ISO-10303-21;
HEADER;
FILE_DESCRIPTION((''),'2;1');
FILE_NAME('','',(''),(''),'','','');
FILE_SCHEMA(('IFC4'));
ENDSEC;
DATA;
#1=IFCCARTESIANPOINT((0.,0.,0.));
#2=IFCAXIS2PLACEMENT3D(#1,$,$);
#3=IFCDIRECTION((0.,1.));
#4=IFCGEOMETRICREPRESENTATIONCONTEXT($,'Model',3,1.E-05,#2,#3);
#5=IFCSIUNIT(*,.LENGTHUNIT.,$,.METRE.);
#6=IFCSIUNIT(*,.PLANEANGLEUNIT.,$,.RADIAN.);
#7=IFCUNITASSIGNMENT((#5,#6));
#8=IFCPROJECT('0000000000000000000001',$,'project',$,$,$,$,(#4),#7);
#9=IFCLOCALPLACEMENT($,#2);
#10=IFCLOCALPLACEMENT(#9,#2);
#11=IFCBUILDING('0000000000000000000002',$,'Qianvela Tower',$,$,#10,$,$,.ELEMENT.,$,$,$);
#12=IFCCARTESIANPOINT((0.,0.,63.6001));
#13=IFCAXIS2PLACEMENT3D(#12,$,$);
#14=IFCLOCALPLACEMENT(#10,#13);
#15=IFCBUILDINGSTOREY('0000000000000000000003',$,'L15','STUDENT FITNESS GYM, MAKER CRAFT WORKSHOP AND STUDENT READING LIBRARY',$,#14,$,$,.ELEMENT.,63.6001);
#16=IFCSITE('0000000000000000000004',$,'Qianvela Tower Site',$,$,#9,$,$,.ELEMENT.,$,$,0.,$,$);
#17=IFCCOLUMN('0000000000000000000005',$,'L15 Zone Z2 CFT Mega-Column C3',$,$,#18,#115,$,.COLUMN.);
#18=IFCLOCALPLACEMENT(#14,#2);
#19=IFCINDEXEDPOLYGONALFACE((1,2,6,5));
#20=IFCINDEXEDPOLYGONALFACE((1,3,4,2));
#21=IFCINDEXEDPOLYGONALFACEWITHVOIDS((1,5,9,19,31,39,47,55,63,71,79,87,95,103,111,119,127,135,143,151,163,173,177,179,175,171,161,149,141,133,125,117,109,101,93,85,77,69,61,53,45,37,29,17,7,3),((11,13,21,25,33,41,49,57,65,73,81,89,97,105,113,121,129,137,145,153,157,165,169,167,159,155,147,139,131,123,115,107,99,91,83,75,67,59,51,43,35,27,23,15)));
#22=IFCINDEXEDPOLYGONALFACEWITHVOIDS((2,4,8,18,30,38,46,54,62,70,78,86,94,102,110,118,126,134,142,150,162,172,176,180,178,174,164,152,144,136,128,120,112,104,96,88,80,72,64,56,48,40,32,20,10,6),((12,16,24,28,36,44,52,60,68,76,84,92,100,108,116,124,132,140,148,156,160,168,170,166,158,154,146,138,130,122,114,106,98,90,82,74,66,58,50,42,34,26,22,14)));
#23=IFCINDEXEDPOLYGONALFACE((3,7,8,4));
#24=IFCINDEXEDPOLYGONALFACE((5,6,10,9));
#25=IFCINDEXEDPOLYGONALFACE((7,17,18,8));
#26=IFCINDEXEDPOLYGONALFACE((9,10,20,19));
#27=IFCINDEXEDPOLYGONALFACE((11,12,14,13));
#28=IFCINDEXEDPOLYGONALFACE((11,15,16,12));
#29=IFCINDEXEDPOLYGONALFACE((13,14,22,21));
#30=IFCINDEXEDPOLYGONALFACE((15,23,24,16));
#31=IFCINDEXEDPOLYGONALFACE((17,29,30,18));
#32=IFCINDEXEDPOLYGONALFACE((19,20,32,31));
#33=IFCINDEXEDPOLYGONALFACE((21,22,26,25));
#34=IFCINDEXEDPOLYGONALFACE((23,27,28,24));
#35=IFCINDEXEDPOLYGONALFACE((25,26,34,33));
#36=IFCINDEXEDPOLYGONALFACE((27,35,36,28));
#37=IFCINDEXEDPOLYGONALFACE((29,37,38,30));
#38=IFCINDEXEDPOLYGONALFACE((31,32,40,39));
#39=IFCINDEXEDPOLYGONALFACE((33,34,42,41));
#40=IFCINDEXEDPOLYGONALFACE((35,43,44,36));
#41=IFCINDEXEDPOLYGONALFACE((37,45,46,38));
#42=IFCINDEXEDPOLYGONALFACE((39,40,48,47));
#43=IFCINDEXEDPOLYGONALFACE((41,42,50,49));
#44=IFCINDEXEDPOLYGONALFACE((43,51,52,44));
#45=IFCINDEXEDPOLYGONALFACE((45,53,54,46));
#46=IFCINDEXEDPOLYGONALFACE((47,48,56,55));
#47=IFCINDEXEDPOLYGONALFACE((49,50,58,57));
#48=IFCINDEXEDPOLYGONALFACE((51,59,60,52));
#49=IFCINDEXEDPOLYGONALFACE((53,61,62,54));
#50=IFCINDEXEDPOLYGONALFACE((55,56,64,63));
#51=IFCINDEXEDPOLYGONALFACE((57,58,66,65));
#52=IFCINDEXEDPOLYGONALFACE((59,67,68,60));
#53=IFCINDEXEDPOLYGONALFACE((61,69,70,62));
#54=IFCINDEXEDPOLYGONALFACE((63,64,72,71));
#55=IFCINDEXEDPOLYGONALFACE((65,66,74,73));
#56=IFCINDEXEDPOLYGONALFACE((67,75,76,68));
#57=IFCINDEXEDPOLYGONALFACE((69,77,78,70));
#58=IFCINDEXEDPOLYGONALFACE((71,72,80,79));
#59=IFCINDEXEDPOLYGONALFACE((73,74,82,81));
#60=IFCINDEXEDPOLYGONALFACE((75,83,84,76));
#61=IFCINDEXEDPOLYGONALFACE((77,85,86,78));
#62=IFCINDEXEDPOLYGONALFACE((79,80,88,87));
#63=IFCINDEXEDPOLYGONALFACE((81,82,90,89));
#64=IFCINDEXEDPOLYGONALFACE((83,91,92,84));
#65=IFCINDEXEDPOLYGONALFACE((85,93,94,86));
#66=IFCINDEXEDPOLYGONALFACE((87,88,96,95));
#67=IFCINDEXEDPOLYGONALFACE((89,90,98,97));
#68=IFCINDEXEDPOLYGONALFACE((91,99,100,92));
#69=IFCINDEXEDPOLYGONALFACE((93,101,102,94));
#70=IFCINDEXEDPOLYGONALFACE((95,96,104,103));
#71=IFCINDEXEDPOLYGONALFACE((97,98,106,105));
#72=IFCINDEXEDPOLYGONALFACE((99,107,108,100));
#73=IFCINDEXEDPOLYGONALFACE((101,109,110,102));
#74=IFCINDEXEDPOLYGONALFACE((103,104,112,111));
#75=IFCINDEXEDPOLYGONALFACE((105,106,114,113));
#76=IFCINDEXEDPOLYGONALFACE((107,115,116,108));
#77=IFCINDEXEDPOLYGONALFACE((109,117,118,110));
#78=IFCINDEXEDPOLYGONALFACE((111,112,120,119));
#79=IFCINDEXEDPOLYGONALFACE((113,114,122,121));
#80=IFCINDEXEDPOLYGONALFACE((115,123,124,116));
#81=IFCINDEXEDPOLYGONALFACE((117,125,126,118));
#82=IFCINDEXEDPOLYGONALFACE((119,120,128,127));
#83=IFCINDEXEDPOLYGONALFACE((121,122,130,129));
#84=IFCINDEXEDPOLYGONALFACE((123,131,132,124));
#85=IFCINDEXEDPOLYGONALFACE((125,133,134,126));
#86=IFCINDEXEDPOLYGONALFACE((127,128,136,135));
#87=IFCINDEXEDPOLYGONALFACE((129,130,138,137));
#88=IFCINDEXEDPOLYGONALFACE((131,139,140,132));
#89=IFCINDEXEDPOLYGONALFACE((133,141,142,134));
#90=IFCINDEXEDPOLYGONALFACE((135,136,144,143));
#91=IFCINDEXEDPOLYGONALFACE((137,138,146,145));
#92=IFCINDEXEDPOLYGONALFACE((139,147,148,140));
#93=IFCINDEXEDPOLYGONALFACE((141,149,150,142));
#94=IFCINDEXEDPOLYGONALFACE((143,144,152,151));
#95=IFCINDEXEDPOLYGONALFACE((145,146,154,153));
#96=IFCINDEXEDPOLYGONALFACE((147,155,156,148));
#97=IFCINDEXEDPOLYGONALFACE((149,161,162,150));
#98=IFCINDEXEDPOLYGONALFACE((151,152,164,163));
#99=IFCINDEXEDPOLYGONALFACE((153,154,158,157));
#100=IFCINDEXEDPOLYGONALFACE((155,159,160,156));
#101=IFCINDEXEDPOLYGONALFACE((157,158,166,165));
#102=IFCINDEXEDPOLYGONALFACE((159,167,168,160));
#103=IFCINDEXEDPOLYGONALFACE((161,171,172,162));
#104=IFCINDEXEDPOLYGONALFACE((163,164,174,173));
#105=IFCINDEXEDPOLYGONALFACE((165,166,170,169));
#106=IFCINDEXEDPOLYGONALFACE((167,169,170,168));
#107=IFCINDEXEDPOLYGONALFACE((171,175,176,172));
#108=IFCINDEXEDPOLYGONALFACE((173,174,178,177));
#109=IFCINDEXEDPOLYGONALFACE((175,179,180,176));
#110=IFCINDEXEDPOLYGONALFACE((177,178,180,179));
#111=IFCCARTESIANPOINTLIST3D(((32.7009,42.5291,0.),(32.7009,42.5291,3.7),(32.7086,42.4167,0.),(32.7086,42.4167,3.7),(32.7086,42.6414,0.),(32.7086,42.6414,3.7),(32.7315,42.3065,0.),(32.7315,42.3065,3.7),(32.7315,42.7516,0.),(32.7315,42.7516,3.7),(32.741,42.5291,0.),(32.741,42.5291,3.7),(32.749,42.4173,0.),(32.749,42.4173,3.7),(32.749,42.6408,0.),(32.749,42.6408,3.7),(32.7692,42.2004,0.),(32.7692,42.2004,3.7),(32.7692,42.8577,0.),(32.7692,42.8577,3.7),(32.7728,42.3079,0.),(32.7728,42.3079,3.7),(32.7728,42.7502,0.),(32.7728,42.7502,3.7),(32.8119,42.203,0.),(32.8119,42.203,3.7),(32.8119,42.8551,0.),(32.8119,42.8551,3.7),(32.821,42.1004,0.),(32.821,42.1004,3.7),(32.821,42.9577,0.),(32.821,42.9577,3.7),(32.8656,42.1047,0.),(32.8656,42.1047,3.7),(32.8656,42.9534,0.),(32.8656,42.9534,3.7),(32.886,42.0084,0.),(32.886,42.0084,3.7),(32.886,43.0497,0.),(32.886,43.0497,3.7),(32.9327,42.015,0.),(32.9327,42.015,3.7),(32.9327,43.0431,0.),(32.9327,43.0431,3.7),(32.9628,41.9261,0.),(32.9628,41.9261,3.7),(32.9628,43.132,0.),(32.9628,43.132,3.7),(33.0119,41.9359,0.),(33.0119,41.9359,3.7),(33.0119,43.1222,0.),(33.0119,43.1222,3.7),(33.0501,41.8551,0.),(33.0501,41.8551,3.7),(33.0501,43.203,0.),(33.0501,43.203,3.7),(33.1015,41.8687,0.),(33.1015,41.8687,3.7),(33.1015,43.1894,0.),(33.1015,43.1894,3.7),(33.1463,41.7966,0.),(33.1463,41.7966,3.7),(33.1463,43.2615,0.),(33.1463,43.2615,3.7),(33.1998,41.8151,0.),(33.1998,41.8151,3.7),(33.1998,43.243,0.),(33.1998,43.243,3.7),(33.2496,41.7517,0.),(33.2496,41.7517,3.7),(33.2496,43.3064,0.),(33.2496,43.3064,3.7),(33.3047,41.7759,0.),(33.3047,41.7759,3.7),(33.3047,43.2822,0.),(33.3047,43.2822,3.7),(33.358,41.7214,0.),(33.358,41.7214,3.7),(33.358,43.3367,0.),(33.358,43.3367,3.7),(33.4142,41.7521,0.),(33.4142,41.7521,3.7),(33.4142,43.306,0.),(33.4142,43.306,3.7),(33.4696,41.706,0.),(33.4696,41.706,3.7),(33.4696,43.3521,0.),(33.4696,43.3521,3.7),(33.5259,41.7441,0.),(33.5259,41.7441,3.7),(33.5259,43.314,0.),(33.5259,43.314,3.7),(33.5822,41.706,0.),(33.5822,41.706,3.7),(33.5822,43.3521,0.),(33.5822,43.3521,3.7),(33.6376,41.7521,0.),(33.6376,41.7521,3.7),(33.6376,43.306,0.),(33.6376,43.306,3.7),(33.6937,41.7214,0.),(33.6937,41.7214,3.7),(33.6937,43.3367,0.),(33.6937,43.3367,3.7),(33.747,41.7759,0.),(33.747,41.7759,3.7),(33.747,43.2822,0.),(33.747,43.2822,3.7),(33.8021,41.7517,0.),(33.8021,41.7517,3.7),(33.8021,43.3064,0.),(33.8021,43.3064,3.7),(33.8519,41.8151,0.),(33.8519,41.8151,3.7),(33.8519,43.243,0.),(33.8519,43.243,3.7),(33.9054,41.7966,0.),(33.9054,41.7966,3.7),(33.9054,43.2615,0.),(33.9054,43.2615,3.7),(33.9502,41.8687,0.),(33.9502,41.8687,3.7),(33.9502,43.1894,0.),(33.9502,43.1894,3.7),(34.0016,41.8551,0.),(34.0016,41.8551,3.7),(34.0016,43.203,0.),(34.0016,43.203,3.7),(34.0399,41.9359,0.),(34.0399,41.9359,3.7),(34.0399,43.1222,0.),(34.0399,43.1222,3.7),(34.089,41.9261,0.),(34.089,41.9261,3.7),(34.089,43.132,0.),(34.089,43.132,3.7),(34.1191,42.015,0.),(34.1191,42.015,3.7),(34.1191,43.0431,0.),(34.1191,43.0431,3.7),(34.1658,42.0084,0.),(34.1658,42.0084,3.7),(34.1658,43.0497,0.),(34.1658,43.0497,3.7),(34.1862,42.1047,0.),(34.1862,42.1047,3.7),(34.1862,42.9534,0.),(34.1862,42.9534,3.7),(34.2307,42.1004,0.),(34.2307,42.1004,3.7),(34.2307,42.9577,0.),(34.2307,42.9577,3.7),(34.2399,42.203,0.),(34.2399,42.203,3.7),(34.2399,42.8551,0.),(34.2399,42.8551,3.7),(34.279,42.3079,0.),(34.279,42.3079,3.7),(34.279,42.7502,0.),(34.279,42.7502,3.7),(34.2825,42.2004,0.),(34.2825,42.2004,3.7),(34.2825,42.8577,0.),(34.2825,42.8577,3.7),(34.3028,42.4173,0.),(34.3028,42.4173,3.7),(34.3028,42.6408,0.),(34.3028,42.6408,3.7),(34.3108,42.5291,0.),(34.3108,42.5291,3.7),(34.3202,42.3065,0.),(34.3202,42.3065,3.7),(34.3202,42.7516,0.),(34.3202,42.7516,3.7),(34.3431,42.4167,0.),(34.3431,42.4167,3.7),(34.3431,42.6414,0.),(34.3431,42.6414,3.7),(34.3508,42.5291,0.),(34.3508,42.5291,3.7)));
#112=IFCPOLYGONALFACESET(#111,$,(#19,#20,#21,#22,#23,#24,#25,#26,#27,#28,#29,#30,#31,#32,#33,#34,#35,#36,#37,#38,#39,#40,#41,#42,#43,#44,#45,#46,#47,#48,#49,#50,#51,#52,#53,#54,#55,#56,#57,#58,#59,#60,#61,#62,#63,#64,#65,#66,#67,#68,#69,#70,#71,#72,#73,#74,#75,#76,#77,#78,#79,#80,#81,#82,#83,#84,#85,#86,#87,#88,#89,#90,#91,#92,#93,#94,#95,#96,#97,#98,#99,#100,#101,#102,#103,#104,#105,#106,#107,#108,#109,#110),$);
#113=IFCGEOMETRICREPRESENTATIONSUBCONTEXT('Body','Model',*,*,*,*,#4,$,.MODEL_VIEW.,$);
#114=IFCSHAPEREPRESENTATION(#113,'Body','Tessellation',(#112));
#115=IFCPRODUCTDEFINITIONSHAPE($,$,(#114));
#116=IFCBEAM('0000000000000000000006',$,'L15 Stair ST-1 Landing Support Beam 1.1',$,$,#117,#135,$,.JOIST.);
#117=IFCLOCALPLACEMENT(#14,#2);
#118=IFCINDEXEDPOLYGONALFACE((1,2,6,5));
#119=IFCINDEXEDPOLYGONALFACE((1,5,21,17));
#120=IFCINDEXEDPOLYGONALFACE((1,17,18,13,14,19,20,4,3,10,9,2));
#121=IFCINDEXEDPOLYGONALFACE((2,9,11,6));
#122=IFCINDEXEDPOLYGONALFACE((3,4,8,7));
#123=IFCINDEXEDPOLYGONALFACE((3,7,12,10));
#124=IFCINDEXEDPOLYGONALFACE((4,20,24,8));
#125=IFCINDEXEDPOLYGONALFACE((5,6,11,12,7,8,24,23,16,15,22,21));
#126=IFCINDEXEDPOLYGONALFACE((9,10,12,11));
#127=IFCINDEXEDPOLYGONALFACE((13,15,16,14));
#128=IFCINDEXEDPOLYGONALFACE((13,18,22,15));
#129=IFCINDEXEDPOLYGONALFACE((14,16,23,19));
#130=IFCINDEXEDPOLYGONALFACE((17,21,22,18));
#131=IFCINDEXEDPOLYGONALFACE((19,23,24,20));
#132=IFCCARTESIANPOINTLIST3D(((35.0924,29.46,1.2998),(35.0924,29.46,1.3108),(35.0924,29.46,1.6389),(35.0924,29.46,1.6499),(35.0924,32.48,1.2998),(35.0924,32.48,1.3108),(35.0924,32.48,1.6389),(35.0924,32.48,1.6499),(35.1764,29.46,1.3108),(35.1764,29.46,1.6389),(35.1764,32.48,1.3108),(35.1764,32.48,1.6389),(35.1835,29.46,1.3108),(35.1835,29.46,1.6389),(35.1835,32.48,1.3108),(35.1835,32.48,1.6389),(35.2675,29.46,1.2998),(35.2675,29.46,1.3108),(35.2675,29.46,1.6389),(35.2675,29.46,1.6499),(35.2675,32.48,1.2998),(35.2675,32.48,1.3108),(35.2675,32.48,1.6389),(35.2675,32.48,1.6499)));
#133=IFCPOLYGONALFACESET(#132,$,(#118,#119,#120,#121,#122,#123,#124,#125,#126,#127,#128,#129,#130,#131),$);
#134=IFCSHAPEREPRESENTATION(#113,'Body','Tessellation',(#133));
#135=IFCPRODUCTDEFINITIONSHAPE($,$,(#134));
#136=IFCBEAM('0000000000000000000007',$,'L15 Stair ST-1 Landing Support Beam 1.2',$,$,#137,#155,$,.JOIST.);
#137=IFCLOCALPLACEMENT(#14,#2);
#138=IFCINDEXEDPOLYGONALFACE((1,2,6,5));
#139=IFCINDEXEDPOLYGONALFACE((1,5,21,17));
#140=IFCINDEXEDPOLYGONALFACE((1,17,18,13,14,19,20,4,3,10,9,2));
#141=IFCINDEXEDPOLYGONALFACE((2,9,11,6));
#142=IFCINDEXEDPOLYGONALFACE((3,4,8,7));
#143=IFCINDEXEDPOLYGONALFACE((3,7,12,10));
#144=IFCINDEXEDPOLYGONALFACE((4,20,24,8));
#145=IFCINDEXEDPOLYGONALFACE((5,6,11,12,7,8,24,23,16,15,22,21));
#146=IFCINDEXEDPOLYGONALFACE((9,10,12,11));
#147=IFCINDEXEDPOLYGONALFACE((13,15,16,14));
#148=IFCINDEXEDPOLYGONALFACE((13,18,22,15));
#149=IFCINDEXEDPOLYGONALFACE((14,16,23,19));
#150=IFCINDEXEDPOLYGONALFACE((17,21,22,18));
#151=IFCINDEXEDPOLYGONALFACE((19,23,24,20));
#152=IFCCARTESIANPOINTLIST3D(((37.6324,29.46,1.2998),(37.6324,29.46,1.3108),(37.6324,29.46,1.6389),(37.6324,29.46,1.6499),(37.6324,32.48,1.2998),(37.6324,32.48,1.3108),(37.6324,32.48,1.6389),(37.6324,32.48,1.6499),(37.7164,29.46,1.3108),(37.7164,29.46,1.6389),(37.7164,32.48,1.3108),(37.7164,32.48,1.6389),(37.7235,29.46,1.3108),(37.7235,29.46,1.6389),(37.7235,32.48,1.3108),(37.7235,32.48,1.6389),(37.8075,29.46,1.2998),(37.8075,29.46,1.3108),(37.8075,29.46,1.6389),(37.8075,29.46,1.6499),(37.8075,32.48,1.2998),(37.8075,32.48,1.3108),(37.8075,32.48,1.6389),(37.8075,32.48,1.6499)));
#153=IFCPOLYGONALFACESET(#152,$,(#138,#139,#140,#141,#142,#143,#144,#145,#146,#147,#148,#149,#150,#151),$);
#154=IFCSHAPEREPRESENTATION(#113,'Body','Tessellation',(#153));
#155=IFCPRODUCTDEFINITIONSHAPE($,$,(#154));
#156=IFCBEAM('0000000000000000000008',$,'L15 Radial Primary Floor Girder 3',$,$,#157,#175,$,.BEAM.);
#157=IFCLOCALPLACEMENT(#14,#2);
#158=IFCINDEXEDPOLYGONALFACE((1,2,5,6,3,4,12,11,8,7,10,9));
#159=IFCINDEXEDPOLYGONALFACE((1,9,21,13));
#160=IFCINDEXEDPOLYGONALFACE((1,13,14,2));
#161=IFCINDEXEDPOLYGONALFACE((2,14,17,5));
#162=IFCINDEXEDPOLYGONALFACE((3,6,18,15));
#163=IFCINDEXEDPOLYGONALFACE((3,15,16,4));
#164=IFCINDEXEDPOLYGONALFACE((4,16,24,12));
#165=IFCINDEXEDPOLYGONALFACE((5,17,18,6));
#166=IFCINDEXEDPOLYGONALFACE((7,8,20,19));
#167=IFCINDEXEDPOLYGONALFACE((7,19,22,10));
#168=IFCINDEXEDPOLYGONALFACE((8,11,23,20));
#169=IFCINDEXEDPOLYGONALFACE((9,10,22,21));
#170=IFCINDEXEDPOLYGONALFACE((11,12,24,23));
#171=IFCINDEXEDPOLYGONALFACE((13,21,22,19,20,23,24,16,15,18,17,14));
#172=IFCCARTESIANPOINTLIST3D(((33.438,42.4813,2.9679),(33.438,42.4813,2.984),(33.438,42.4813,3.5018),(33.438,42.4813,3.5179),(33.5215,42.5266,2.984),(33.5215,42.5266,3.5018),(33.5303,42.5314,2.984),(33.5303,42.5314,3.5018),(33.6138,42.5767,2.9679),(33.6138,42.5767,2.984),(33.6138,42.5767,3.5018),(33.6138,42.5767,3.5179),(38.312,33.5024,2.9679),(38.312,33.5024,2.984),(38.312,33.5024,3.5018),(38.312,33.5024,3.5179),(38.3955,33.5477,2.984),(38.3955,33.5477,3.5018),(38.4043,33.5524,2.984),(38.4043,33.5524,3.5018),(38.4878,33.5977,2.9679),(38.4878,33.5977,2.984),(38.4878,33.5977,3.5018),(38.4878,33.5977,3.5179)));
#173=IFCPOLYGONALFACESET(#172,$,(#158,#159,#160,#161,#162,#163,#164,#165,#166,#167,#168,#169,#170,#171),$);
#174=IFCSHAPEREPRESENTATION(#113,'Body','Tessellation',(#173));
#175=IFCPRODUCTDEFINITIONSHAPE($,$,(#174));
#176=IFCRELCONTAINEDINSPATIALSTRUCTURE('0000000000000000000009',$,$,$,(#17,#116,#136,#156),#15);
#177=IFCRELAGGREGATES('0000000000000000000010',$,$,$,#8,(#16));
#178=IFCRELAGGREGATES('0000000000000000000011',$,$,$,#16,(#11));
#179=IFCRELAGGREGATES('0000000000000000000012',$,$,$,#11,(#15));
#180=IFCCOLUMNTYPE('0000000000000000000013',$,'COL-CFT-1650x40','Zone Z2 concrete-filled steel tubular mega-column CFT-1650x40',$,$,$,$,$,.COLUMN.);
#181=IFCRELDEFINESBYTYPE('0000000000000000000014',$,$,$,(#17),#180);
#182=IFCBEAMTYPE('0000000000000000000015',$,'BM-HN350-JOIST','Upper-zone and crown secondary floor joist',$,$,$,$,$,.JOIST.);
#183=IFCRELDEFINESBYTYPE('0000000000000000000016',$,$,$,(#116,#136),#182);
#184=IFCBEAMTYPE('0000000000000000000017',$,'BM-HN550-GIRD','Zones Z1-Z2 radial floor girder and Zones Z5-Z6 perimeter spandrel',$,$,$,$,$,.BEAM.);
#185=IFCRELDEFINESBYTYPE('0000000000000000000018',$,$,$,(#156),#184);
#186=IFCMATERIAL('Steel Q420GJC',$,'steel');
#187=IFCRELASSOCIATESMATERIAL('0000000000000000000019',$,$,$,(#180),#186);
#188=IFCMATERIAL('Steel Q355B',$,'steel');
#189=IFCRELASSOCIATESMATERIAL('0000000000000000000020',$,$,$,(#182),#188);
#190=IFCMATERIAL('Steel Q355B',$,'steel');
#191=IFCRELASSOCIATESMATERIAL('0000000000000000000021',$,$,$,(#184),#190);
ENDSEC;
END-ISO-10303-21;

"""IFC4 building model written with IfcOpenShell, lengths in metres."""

from ifc_helpers import new_model, si_unit, direction, frame, origin, origin_2d, place, context, subcontext, project, spatial, hollow_circle, i_section, extrude, material, material_profile, profile_set, type_object, element, save


model = new_model("IFC4")

# Units and contexts
model_context = context("Model", 3, precision=1e-05, world=origin(), true_north=direction((0.0, 1.0)))
body_context = subcontext(model_context, "Body", "Model", "MODEL_VIEW")
ifc_project = project(units=[si_unit("LENGTHUNIT", "METRE"), si_unit("PLANEANGLEUNIT", "RADIAN")], contexts=[model_context])

# Site, building, storey
site_placement = place(None, origin())
site = spatial("IfcSite", under=ifc_project, at=site_placement, Name="Qianvela Tower Site", CompositionType="ELEMENT", RefElevation=0.0)
building_placement = place(site_placement, origin())
building = spatial("IfcBuilding", under=site, at=building_placement, Name="Qianvela Tower", CompositionType="ELEMENT")
storey_placement = place(building_placement, frame((0.0, 0.0, 63.6001)))
storey = spatial("IfcBuildingStorey", under=building, at=storey_placement, Name="L15", Description="STUDENT FITNESS GYM, MAKER CRAFT WORKSHOP AND STUDENT READING LIBRARY", CompositionType="ELEMENT", Elevation=63.6001)

# Column
ifc_material_1 = material(Name="Steel Q420GJC", Category="steel")
ifc_material_profile_1 = material_profile(ifc_material_1, hollow_circle(Radius=0.825, WallThickness=0.04, at=origin_2d()), Name="CFT-1650x40")
ifc_profile_set_1 = profile_set([ifc_material_profile_1], Name="Steel Q420GJC")
column_type = type_object("IfcColumnType", Name="COL-CFT-1650x40", Description="Zone Z2 concrete-filled steel tubular mega-column CFT-1650x40", PredefinedType="COLUMN", material=ifc_profile_set_1)
for number, where, z_axis, x_axis, name in (
    (1, (33.5259, 42.5291, 0.0), (0.0, 0.0, 1.0), (1.0, 0.0, 0.0), "L15 Zone Z2 CFT Mega-Column C3"),
):
    element("IfcColumn", number, at=place(storey_placement, frame(where, z_axis=z_axis, x_axis=x_axis)), inside=storey, type_object=column_type, Name=name, PredefinedType="COLUMN", context=body_context, shape_type="SweptSolid", body=[
        extrude(hollow_circle(Radius=0.825, WallThickness=0.04, at=origin_2d()), origin(), (0.0, 0.0, 1.0), 3.7),
    ])

# Beams
ifc_material_2 = material(Name="Steel Q355B", Category="steel")
ifc_material_profile_2 = material_profile(ifc_material_2, i_section(OverallWidth=0.175, OverallDepth=0.3501, WebThickness=0.0071, FlangeThickness=0.011, at=origin_2d()), Name="HN350x175x7x11")
ifc_profile_set_2 = profile_set([ifc_material_profile_2], Name="Steel Q355B")
beam_type_1 = type_object("IfcBeamType", Name="BM-HN350-JOIST", Description="Upper-zone and crown secondary floor joist", PredefinedType="JOIST", material=ifc_profile_set_2)
for number, where, z_axis, x_axis, name in (
    (2, (35.1799, 29.46, 1.4749), (0.0, 1.0, 0.0), (-1.0, 0.0, 0.0), "L15 Stair ST-1 Landing Support Beam 1.1"),
    (3, (37.72, 29.46, 1.4749), (0.0, 1.0, 0.0), (-1.0, 0.0, 0.0), "L15 Stair ST-1 Landing Support Beam 1.2"),
):
    element("IfcBeam", number, at=place(storey_placement, frame(where, z_axis=z_axis, x_axis=x_axis)), inside=storey, type_object=beam_type_1, Name=name, PredefinedType="JOIST", context=body_context, shape_type="SweptSolid", body=[
        extrude(i_section(OverallWidth=0.175, OverallDepth=0.3501, WebThickness=0.0071, FlangeThickness=0.011, at=origin_2d()), origin(), (0.0, 0.0, 1.0), 3.02),
    ])
ifc_material_3 = material(Name="Steel Q355B", Category="steel")
ifc_material_profile_3 = material_profile(ifc_material_3, i_section(OverallWidth=0.2, OverallDepth=0.55, WebThickness=0.01, FlangeThickness=0.0161, at=origin_2d()), Name="HN550x200x10x16")
ifc_profile_set_3 = profile_set([ifc_material_profile_3], Name="Steel Q355B")
beam_type_2 = type_object("IfcBeamType", Name="BM-HN550-GIRD", Description="Zones Z1-Z2 radial floor girder and Zones Z5-Z6 perimeter spandrel", PredefinedType="BEAM", material=ifc_profile_set_3)
beam_1_placement = place(storey_placement, frame((38.3999, 33.55, 3.2429), z_axis=(-0.47707, 0.878865, 0.0), x_axis=(-0.878865, -0.47707, 0.0)))
element("IfcBeam", 4, at=beam_1_placement, inside=storey, type_object=beam_type_2, Name="L15 Radial Primary Floor Girder 3", PredefinedType="BEAM", context=body_context, shape_type="SweptSolid", body=[
    extrude(i_section(OverallWidth=0.2, OverallDepth=0.55, WebThickness=0.01, FlangeThickness=0.0161, at=origin_2d()), origin(), (0.0, 0.0, 1.0), 10.2166),
])

save(model, "model.ifc")
